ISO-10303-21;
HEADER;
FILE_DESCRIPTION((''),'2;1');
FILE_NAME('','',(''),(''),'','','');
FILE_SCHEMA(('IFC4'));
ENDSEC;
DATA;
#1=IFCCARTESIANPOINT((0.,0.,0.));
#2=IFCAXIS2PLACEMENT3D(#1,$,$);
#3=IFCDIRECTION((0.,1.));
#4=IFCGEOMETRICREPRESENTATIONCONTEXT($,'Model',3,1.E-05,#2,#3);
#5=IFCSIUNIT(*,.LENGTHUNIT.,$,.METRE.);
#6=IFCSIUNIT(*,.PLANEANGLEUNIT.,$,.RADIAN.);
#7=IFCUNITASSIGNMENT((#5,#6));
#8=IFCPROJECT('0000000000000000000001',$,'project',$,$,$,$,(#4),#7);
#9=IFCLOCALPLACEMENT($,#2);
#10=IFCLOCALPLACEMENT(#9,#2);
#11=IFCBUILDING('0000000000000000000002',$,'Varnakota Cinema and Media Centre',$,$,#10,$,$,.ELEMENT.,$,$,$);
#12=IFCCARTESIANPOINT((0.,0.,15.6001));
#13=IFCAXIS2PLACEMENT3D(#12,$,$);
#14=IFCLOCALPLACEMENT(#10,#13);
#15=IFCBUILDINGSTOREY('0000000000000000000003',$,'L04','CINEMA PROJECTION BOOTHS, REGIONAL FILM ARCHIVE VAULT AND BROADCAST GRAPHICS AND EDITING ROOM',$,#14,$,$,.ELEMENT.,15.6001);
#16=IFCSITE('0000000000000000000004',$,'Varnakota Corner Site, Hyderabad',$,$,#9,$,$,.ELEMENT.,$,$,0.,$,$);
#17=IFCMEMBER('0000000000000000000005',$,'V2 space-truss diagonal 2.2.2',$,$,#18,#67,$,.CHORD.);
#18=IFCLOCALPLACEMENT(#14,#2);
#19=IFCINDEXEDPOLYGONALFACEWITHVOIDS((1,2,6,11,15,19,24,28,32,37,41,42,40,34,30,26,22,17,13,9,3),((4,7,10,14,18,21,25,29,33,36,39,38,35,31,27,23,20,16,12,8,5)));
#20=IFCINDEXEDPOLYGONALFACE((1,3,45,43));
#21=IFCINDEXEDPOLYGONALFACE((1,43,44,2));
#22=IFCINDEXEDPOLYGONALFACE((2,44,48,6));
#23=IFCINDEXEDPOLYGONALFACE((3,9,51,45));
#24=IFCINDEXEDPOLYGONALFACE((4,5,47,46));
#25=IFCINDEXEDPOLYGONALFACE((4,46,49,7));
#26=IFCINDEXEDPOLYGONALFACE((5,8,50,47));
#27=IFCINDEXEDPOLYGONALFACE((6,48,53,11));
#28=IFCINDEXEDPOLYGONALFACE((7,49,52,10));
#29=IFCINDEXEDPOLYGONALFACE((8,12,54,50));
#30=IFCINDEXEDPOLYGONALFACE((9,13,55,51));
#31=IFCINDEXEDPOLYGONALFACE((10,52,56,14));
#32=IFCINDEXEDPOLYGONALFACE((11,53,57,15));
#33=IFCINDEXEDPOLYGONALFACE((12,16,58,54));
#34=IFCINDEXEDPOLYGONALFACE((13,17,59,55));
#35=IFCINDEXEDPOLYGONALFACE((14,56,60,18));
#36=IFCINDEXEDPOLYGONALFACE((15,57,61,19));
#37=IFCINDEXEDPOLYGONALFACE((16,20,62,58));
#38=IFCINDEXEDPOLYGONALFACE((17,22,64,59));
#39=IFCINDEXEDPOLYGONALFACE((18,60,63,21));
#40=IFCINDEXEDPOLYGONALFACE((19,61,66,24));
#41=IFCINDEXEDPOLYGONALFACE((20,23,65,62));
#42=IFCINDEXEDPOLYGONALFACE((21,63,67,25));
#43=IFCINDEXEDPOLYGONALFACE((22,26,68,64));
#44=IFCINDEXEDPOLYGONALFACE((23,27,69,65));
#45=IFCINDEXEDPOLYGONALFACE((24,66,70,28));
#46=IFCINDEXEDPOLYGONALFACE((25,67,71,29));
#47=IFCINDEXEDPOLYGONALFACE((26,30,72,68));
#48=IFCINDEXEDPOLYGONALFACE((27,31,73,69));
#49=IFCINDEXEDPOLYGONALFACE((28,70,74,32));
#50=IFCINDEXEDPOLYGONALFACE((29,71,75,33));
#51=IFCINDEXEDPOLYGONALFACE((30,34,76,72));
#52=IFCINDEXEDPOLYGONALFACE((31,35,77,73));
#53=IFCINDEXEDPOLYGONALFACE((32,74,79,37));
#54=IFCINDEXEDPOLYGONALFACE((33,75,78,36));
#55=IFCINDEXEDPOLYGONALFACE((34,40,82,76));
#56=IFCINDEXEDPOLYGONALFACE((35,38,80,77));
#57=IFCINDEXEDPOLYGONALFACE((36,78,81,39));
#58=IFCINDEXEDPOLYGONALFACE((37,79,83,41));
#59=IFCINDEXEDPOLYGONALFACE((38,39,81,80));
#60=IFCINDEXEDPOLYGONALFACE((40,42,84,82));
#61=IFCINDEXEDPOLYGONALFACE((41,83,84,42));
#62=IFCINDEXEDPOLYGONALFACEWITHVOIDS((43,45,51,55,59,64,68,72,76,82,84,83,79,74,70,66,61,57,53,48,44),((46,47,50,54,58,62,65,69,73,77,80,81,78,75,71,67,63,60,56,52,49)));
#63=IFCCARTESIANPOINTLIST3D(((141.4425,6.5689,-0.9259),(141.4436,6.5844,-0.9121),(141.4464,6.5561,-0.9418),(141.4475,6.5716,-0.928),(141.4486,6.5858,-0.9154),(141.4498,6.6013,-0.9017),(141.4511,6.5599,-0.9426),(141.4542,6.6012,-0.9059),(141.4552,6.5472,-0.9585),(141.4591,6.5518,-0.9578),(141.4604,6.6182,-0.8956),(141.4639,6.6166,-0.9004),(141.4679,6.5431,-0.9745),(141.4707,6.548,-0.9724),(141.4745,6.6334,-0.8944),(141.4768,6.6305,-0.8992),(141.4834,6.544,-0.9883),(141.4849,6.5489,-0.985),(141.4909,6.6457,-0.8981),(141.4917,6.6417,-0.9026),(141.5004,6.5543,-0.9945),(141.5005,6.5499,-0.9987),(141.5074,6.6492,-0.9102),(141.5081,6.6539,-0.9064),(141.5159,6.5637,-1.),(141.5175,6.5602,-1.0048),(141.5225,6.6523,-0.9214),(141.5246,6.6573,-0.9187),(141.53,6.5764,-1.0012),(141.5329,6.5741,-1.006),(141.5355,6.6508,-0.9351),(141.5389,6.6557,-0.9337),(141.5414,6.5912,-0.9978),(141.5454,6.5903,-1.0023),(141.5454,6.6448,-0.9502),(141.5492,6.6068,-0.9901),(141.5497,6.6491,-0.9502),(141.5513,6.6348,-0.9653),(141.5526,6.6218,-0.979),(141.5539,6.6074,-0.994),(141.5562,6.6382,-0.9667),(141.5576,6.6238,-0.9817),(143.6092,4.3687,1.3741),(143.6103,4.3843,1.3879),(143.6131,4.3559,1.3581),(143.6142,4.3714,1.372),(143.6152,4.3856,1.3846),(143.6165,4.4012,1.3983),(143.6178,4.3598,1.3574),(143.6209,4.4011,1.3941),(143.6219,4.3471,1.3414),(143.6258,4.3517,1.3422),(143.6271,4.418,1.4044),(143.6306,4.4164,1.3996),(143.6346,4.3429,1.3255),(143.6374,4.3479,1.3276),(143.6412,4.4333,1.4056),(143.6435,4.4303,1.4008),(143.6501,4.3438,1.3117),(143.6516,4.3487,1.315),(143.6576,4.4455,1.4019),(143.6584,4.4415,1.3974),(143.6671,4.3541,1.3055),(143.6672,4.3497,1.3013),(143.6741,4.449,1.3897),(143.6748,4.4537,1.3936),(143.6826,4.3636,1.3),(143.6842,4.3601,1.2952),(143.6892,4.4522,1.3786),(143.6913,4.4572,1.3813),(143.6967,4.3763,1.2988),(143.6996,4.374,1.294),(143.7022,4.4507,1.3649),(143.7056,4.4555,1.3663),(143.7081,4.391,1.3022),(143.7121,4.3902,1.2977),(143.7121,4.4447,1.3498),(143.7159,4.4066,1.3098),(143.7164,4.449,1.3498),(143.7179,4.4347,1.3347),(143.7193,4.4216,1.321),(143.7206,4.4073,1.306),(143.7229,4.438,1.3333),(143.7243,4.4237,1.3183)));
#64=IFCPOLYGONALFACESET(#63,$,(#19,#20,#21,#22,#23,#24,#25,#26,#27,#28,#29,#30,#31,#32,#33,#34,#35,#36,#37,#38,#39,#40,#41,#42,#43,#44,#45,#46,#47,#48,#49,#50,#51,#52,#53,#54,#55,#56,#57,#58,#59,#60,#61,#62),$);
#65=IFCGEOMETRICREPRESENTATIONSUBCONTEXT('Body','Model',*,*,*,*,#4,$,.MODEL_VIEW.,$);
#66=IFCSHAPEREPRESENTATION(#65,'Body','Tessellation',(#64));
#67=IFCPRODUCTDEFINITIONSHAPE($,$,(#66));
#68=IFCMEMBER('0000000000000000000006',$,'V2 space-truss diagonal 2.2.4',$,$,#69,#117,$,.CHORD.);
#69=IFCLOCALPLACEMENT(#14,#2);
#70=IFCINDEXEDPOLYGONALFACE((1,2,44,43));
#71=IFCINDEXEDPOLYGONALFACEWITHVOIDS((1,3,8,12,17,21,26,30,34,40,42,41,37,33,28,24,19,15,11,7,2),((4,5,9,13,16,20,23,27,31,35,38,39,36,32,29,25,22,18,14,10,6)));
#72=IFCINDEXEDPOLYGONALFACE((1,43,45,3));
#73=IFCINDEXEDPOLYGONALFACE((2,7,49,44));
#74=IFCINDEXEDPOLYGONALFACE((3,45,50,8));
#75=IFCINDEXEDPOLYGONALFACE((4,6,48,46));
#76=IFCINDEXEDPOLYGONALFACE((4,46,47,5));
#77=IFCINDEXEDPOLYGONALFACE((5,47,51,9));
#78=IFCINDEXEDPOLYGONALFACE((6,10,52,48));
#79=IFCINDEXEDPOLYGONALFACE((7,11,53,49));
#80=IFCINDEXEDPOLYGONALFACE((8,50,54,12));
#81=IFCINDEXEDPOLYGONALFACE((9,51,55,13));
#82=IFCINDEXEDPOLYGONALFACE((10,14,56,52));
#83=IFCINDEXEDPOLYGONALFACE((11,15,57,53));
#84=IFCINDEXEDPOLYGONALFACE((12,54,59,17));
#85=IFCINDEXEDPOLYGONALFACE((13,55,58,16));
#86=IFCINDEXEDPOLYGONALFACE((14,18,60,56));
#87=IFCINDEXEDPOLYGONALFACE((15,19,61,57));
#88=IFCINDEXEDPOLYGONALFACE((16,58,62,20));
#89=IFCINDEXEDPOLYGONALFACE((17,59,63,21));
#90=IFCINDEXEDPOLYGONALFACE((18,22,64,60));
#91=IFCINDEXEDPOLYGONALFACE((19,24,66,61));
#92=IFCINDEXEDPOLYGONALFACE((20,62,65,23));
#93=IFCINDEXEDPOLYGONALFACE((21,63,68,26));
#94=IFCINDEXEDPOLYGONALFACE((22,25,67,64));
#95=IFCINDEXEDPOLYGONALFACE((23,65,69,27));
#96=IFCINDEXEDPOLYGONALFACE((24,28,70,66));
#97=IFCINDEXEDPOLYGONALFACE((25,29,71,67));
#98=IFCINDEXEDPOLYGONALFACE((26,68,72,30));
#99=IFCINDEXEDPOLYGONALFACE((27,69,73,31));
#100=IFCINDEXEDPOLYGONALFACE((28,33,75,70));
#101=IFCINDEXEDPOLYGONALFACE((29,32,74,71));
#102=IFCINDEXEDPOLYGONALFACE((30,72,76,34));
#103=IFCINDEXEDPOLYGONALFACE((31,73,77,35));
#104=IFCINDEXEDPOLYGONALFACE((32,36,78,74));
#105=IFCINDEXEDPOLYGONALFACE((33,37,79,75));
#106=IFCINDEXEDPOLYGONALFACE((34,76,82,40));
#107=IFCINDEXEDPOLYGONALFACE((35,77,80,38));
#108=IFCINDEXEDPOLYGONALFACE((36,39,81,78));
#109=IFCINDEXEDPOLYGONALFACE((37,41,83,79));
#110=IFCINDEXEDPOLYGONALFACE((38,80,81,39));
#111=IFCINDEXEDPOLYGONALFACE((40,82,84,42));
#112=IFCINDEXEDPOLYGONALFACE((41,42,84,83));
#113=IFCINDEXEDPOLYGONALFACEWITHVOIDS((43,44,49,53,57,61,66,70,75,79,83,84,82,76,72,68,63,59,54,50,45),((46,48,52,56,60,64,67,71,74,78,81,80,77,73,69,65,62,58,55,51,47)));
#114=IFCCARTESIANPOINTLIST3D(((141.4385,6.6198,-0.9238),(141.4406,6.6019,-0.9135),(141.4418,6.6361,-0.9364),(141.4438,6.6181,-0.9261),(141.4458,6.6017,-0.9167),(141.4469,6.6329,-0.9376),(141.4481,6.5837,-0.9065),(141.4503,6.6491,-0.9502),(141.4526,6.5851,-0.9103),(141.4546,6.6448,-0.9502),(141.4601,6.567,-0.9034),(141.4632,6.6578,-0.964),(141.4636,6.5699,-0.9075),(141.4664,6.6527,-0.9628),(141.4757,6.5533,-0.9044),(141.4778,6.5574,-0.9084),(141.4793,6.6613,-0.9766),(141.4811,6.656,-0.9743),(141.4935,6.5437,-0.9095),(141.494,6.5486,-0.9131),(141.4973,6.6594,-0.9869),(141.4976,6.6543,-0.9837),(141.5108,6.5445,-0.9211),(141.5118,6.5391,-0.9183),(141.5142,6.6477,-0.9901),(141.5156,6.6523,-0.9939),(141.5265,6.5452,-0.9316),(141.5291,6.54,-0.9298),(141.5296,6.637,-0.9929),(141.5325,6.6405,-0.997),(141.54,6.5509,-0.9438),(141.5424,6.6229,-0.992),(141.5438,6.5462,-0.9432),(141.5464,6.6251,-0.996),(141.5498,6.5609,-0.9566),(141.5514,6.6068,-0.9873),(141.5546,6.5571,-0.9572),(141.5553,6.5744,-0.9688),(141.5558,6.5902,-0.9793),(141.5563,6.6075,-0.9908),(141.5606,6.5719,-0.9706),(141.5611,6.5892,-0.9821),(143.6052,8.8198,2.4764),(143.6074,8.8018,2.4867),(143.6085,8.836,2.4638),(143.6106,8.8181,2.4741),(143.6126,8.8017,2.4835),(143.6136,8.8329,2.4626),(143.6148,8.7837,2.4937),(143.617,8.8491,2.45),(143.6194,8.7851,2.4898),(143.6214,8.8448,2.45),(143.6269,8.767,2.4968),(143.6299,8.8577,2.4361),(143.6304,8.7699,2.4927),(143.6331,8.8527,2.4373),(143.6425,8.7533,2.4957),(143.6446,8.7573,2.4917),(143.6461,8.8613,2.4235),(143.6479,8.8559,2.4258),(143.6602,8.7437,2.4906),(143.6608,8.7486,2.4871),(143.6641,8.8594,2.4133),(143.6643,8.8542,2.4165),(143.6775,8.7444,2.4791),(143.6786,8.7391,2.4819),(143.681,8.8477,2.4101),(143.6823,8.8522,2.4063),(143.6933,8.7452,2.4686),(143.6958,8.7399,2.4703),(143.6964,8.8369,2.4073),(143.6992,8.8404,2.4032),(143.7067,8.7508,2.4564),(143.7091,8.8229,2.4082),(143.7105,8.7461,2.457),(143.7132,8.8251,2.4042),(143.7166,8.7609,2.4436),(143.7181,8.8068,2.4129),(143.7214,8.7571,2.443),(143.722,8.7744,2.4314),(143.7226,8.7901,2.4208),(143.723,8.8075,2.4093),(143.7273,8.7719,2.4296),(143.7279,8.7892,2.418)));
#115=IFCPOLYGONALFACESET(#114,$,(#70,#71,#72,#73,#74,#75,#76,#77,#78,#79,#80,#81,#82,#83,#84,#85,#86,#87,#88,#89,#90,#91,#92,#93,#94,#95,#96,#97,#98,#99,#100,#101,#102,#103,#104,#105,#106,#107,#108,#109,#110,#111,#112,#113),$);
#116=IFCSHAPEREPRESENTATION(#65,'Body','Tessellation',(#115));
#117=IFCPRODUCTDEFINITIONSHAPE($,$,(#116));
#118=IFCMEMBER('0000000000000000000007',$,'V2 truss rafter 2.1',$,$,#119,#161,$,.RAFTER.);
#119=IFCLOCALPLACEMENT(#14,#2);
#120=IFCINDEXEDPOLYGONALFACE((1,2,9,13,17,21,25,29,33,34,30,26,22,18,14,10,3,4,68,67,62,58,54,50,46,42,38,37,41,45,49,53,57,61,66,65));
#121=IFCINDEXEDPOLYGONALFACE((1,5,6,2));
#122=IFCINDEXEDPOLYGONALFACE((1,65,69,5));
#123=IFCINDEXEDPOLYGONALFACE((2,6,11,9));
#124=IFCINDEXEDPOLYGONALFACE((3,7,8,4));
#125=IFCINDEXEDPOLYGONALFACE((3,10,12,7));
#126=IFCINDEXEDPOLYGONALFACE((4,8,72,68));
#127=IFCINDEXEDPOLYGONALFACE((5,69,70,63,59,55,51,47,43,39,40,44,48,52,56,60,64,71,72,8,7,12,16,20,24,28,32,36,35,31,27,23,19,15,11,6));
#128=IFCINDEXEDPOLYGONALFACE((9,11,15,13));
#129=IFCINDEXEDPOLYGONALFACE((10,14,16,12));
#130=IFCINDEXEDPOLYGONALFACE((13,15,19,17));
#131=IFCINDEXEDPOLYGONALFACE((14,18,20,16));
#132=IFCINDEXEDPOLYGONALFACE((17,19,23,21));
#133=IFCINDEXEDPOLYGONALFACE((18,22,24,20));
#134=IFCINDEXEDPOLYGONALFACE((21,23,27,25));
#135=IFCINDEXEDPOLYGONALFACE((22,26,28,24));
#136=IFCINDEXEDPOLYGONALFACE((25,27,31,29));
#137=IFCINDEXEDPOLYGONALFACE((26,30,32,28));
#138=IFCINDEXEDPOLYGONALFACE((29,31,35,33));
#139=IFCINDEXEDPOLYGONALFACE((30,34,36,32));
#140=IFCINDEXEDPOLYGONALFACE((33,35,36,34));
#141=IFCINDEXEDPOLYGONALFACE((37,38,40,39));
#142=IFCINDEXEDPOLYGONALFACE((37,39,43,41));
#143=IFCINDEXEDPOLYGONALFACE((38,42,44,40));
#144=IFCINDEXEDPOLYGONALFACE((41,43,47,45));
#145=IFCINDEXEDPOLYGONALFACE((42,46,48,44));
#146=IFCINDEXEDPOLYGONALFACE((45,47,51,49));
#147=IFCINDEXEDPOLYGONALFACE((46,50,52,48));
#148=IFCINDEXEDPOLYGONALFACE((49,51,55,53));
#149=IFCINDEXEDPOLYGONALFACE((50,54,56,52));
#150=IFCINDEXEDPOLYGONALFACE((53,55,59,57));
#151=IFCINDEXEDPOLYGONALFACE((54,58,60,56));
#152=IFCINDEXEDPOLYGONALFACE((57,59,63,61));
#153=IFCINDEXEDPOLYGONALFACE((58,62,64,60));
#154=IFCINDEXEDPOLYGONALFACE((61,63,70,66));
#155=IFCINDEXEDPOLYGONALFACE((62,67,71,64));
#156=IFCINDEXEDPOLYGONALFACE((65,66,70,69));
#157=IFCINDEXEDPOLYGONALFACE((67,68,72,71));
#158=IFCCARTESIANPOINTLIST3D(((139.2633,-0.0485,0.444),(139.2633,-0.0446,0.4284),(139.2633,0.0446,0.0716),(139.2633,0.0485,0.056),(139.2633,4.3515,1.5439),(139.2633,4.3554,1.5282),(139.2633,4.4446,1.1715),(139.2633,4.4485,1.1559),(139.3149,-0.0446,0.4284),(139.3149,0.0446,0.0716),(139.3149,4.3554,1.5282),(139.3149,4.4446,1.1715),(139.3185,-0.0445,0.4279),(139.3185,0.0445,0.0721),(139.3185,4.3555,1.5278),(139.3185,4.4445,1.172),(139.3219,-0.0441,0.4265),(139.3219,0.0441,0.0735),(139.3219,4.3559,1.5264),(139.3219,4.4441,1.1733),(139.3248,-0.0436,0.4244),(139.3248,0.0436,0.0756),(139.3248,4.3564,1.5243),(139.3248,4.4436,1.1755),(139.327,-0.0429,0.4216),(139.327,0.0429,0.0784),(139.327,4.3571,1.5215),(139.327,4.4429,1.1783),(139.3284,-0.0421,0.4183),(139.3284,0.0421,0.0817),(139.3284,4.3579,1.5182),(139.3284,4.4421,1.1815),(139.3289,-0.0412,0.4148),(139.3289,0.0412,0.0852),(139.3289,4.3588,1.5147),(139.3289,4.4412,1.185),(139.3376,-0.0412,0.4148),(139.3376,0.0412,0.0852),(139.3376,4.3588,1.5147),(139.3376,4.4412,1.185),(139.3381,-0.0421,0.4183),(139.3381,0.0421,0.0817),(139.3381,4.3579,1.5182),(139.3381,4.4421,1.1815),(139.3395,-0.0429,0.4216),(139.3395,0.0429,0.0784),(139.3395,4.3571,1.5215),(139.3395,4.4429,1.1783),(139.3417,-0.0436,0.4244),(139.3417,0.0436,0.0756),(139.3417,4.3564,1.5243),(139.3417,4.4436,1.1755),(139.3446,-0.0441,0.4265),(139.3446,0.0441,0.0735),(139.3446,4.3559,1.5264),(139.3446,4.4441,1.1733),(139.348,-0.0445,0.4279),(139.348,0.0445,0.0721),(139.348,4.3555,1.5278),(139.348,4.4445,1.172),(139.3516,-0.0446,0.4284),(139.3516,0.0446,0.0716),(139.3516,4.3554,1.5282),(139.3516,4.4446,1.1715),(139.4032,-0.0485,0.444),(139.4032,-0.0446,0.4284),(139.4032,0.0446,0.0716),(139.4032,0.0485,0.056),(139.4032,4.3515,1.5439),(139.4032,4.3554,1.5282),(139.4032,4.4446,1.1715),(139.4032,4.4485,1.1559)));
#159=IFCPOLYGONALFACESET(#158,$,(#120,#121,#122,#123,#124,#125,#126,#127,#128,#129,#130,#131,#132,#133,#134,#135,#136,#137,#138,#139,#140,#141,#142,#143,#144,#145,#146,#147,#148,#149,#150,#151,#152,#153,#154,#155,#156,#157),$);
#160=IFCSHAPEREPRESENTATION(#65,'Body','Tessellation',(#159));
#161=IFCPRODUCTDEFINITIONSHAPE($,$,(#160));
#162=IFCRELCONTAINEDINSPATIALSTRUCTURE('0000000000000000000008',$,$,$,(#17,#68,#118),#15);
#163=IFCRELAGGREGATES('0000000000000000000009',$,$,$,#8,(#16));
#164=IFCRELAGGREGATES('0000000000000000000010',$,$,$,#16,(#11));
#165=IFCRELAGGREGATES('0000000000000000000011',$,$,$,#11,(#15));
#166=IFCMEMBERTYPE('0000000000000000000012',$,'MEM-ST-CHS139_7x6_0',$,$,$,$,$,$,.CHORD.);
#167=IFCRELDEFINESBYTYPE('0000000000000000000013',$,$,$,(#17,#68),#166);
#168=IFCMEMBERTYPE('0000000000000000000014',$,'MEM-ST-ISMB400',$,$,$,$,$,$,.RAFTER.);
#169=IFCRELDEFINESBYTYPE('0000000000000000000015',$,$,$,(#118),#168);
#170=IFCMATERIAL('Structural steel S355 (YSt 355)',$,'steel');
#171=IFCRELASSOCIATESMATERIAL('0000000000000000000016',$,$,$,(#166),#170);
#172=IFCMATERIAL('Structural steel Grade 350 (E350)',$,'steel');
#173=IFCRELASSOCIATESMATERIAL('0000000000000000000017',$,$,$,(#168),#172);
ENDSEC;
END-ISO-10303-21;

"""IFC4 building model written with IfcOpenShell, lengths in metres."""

from ifc_helpers import new_model, si_unit, direction, frame, origin, origin_2d, place, context, subcontext, project, spatial, hollow_circle, i_section, extrude, material, material_profile, profile_set, type_object, element, save


model = new_model("IFC4")

# Units and contexts
model_context = context("Model", 3, precision=1e-05, world=origin(), true_north=direction((0.0, 1.0)))
body_context = subcontext(model_context, "Body", "Model", "MODEL_VIEW")
ifc_project = project(units=[si_unit("LENGTHUNIT", "METRE"), si_unit("PLANEANGLEUNIT", "RADIAN")], contexts=[model_context])

# Site, building, storey
site_placement = place(None, origin())
site = spatial("IfcSite", under=ifc_project, at=site_placement, Name="Varnakota Corner Site, Hyderabad", CompositionType="ELEMENT", RefElevation=0.0)
building_placement = place(site_placement, origin())
building = spatial("IfcBuilding", under=site, at=building_placement, Name="Varnakota Cinema and Media Centre", CompositionType="ELEMENT")
storey_placement = place(building_placement, frame((0.0, 0.0, 15.6001)))
storey = spatial("IfcBuildingStorey", under=building, at=storey_placement, Name="L04", Description="CINEMA PROJECTION BOOTHS, REGIONAL FILM ARCHIVE VAULT AND BROADCAST GRAPHICS AND EDITING ROOM", CompositionType="ELEMENT", Elevation=15.6001)

# Members
ifc_material_1 = material(Name="Structural steel S355 (YSt 355)", Category="steel")
ifc_material_profile_1 = material_profile(ifc_material_1, hollow_circle(Radius=0.0698, WallThickness=0.0061, at=origin_2d()), Name="CHS 139.7x6.0")
ifc_profile_set_1 = profile_set([ifc_material_profile_1], Name="Structural steel S355 (YSt 355)")
member_type_1 = type_object("IfcMemberType", Name="MEM-ST-CHS139_7x6_0", PredefinedType="CHORD", material=ifc_profile_set_1)
member_1_placement = place(storey_placement, frame((141.5, 6.6001, -0.9502), z_axis=(0.562728, -0.571414, 0.597347), x_axis=(0.712502, 0.70167, 0.0)))
element("IfcMember", 1, at=member_1_placement, inside=storey, type_object=member_type_1, Name="V2 space-truss diagonal 2.2.2", PredefinedType="CHORD", context=body_context, shape_type="SweptSolid", body=[
    extrude(hollow_circle(Radius=0.0698, WallThickness=0.0061, at=origin_2d()), origin(), (0.0, 0.0, 1.0), 3.8503),
])
member_2_placement = place(storey_placement, frame((141.5, 6.6001, -0.9502), z_axis=(0.471751, 0.47898, 0.74029), x_axis=(-0.712463, 0.70171, 0.0)))
element("IfcMember", 2, at=member_2_placement, inside=storey, type_object=member_type_1, Name="V2 space-truss diagonal 2.2.4", PredefinedType="CHORD", context=body_context, shape_type="SweptSolid", body=[
    extrude(hollow_circle(Radius=0.0698, WallThickness=0.0061, at=origin_2d()), origin(), (0.0, 0.0, 1.0), 4.593),
])
ifc_material_2 = material(Name="Structural steel Grade 350 (E350)", Category="steel")
ifc_material_profile_2 = material_profile(ifc_material_2, i_section(OverallWidth=0.1399, OverallDepth=0.3999, WebThickness=0.0088, FlangeThickness=0.0161, FilletRadius=0.0139, at=origin_2d()), Name="ISMB 400")
ifc_profile_set_2 = profile_set([ifc_material_profile_2], Name="Structural steel Grade 350 (E350)")
member_type_2 = type_object("IfcMemberType", Name="MEM-ST-ISMB400", PredefinedType="RAFTER", material=ifc_profile_set_2)
member_3_placement = place(storey_placement, frame((139.3333, 0.0, 0.25), z_axis=(0.0, 0.970149, 0.24251), x_axis=(-1.0, 0.0, 0.0)))
element("IfcMember", 3, at=member_3_placement, inside=storey, type_object=member_type_2, Name="V2 truss rafter 2.1", PredefinedType="RAFTER", context=body_context, shape_type="SweptSolid", body=[
    extrude(i_section(OverallWidth=0.1399, OverallDepth=0.3999, WebThickness=0.0088, FlangeThickness=0.0161, FilletRadius=0.0139, at=origin_2d()), origin(), (0.0, 0.0, 1.0), 4.5354),
])

save(model, "model.ifc")
